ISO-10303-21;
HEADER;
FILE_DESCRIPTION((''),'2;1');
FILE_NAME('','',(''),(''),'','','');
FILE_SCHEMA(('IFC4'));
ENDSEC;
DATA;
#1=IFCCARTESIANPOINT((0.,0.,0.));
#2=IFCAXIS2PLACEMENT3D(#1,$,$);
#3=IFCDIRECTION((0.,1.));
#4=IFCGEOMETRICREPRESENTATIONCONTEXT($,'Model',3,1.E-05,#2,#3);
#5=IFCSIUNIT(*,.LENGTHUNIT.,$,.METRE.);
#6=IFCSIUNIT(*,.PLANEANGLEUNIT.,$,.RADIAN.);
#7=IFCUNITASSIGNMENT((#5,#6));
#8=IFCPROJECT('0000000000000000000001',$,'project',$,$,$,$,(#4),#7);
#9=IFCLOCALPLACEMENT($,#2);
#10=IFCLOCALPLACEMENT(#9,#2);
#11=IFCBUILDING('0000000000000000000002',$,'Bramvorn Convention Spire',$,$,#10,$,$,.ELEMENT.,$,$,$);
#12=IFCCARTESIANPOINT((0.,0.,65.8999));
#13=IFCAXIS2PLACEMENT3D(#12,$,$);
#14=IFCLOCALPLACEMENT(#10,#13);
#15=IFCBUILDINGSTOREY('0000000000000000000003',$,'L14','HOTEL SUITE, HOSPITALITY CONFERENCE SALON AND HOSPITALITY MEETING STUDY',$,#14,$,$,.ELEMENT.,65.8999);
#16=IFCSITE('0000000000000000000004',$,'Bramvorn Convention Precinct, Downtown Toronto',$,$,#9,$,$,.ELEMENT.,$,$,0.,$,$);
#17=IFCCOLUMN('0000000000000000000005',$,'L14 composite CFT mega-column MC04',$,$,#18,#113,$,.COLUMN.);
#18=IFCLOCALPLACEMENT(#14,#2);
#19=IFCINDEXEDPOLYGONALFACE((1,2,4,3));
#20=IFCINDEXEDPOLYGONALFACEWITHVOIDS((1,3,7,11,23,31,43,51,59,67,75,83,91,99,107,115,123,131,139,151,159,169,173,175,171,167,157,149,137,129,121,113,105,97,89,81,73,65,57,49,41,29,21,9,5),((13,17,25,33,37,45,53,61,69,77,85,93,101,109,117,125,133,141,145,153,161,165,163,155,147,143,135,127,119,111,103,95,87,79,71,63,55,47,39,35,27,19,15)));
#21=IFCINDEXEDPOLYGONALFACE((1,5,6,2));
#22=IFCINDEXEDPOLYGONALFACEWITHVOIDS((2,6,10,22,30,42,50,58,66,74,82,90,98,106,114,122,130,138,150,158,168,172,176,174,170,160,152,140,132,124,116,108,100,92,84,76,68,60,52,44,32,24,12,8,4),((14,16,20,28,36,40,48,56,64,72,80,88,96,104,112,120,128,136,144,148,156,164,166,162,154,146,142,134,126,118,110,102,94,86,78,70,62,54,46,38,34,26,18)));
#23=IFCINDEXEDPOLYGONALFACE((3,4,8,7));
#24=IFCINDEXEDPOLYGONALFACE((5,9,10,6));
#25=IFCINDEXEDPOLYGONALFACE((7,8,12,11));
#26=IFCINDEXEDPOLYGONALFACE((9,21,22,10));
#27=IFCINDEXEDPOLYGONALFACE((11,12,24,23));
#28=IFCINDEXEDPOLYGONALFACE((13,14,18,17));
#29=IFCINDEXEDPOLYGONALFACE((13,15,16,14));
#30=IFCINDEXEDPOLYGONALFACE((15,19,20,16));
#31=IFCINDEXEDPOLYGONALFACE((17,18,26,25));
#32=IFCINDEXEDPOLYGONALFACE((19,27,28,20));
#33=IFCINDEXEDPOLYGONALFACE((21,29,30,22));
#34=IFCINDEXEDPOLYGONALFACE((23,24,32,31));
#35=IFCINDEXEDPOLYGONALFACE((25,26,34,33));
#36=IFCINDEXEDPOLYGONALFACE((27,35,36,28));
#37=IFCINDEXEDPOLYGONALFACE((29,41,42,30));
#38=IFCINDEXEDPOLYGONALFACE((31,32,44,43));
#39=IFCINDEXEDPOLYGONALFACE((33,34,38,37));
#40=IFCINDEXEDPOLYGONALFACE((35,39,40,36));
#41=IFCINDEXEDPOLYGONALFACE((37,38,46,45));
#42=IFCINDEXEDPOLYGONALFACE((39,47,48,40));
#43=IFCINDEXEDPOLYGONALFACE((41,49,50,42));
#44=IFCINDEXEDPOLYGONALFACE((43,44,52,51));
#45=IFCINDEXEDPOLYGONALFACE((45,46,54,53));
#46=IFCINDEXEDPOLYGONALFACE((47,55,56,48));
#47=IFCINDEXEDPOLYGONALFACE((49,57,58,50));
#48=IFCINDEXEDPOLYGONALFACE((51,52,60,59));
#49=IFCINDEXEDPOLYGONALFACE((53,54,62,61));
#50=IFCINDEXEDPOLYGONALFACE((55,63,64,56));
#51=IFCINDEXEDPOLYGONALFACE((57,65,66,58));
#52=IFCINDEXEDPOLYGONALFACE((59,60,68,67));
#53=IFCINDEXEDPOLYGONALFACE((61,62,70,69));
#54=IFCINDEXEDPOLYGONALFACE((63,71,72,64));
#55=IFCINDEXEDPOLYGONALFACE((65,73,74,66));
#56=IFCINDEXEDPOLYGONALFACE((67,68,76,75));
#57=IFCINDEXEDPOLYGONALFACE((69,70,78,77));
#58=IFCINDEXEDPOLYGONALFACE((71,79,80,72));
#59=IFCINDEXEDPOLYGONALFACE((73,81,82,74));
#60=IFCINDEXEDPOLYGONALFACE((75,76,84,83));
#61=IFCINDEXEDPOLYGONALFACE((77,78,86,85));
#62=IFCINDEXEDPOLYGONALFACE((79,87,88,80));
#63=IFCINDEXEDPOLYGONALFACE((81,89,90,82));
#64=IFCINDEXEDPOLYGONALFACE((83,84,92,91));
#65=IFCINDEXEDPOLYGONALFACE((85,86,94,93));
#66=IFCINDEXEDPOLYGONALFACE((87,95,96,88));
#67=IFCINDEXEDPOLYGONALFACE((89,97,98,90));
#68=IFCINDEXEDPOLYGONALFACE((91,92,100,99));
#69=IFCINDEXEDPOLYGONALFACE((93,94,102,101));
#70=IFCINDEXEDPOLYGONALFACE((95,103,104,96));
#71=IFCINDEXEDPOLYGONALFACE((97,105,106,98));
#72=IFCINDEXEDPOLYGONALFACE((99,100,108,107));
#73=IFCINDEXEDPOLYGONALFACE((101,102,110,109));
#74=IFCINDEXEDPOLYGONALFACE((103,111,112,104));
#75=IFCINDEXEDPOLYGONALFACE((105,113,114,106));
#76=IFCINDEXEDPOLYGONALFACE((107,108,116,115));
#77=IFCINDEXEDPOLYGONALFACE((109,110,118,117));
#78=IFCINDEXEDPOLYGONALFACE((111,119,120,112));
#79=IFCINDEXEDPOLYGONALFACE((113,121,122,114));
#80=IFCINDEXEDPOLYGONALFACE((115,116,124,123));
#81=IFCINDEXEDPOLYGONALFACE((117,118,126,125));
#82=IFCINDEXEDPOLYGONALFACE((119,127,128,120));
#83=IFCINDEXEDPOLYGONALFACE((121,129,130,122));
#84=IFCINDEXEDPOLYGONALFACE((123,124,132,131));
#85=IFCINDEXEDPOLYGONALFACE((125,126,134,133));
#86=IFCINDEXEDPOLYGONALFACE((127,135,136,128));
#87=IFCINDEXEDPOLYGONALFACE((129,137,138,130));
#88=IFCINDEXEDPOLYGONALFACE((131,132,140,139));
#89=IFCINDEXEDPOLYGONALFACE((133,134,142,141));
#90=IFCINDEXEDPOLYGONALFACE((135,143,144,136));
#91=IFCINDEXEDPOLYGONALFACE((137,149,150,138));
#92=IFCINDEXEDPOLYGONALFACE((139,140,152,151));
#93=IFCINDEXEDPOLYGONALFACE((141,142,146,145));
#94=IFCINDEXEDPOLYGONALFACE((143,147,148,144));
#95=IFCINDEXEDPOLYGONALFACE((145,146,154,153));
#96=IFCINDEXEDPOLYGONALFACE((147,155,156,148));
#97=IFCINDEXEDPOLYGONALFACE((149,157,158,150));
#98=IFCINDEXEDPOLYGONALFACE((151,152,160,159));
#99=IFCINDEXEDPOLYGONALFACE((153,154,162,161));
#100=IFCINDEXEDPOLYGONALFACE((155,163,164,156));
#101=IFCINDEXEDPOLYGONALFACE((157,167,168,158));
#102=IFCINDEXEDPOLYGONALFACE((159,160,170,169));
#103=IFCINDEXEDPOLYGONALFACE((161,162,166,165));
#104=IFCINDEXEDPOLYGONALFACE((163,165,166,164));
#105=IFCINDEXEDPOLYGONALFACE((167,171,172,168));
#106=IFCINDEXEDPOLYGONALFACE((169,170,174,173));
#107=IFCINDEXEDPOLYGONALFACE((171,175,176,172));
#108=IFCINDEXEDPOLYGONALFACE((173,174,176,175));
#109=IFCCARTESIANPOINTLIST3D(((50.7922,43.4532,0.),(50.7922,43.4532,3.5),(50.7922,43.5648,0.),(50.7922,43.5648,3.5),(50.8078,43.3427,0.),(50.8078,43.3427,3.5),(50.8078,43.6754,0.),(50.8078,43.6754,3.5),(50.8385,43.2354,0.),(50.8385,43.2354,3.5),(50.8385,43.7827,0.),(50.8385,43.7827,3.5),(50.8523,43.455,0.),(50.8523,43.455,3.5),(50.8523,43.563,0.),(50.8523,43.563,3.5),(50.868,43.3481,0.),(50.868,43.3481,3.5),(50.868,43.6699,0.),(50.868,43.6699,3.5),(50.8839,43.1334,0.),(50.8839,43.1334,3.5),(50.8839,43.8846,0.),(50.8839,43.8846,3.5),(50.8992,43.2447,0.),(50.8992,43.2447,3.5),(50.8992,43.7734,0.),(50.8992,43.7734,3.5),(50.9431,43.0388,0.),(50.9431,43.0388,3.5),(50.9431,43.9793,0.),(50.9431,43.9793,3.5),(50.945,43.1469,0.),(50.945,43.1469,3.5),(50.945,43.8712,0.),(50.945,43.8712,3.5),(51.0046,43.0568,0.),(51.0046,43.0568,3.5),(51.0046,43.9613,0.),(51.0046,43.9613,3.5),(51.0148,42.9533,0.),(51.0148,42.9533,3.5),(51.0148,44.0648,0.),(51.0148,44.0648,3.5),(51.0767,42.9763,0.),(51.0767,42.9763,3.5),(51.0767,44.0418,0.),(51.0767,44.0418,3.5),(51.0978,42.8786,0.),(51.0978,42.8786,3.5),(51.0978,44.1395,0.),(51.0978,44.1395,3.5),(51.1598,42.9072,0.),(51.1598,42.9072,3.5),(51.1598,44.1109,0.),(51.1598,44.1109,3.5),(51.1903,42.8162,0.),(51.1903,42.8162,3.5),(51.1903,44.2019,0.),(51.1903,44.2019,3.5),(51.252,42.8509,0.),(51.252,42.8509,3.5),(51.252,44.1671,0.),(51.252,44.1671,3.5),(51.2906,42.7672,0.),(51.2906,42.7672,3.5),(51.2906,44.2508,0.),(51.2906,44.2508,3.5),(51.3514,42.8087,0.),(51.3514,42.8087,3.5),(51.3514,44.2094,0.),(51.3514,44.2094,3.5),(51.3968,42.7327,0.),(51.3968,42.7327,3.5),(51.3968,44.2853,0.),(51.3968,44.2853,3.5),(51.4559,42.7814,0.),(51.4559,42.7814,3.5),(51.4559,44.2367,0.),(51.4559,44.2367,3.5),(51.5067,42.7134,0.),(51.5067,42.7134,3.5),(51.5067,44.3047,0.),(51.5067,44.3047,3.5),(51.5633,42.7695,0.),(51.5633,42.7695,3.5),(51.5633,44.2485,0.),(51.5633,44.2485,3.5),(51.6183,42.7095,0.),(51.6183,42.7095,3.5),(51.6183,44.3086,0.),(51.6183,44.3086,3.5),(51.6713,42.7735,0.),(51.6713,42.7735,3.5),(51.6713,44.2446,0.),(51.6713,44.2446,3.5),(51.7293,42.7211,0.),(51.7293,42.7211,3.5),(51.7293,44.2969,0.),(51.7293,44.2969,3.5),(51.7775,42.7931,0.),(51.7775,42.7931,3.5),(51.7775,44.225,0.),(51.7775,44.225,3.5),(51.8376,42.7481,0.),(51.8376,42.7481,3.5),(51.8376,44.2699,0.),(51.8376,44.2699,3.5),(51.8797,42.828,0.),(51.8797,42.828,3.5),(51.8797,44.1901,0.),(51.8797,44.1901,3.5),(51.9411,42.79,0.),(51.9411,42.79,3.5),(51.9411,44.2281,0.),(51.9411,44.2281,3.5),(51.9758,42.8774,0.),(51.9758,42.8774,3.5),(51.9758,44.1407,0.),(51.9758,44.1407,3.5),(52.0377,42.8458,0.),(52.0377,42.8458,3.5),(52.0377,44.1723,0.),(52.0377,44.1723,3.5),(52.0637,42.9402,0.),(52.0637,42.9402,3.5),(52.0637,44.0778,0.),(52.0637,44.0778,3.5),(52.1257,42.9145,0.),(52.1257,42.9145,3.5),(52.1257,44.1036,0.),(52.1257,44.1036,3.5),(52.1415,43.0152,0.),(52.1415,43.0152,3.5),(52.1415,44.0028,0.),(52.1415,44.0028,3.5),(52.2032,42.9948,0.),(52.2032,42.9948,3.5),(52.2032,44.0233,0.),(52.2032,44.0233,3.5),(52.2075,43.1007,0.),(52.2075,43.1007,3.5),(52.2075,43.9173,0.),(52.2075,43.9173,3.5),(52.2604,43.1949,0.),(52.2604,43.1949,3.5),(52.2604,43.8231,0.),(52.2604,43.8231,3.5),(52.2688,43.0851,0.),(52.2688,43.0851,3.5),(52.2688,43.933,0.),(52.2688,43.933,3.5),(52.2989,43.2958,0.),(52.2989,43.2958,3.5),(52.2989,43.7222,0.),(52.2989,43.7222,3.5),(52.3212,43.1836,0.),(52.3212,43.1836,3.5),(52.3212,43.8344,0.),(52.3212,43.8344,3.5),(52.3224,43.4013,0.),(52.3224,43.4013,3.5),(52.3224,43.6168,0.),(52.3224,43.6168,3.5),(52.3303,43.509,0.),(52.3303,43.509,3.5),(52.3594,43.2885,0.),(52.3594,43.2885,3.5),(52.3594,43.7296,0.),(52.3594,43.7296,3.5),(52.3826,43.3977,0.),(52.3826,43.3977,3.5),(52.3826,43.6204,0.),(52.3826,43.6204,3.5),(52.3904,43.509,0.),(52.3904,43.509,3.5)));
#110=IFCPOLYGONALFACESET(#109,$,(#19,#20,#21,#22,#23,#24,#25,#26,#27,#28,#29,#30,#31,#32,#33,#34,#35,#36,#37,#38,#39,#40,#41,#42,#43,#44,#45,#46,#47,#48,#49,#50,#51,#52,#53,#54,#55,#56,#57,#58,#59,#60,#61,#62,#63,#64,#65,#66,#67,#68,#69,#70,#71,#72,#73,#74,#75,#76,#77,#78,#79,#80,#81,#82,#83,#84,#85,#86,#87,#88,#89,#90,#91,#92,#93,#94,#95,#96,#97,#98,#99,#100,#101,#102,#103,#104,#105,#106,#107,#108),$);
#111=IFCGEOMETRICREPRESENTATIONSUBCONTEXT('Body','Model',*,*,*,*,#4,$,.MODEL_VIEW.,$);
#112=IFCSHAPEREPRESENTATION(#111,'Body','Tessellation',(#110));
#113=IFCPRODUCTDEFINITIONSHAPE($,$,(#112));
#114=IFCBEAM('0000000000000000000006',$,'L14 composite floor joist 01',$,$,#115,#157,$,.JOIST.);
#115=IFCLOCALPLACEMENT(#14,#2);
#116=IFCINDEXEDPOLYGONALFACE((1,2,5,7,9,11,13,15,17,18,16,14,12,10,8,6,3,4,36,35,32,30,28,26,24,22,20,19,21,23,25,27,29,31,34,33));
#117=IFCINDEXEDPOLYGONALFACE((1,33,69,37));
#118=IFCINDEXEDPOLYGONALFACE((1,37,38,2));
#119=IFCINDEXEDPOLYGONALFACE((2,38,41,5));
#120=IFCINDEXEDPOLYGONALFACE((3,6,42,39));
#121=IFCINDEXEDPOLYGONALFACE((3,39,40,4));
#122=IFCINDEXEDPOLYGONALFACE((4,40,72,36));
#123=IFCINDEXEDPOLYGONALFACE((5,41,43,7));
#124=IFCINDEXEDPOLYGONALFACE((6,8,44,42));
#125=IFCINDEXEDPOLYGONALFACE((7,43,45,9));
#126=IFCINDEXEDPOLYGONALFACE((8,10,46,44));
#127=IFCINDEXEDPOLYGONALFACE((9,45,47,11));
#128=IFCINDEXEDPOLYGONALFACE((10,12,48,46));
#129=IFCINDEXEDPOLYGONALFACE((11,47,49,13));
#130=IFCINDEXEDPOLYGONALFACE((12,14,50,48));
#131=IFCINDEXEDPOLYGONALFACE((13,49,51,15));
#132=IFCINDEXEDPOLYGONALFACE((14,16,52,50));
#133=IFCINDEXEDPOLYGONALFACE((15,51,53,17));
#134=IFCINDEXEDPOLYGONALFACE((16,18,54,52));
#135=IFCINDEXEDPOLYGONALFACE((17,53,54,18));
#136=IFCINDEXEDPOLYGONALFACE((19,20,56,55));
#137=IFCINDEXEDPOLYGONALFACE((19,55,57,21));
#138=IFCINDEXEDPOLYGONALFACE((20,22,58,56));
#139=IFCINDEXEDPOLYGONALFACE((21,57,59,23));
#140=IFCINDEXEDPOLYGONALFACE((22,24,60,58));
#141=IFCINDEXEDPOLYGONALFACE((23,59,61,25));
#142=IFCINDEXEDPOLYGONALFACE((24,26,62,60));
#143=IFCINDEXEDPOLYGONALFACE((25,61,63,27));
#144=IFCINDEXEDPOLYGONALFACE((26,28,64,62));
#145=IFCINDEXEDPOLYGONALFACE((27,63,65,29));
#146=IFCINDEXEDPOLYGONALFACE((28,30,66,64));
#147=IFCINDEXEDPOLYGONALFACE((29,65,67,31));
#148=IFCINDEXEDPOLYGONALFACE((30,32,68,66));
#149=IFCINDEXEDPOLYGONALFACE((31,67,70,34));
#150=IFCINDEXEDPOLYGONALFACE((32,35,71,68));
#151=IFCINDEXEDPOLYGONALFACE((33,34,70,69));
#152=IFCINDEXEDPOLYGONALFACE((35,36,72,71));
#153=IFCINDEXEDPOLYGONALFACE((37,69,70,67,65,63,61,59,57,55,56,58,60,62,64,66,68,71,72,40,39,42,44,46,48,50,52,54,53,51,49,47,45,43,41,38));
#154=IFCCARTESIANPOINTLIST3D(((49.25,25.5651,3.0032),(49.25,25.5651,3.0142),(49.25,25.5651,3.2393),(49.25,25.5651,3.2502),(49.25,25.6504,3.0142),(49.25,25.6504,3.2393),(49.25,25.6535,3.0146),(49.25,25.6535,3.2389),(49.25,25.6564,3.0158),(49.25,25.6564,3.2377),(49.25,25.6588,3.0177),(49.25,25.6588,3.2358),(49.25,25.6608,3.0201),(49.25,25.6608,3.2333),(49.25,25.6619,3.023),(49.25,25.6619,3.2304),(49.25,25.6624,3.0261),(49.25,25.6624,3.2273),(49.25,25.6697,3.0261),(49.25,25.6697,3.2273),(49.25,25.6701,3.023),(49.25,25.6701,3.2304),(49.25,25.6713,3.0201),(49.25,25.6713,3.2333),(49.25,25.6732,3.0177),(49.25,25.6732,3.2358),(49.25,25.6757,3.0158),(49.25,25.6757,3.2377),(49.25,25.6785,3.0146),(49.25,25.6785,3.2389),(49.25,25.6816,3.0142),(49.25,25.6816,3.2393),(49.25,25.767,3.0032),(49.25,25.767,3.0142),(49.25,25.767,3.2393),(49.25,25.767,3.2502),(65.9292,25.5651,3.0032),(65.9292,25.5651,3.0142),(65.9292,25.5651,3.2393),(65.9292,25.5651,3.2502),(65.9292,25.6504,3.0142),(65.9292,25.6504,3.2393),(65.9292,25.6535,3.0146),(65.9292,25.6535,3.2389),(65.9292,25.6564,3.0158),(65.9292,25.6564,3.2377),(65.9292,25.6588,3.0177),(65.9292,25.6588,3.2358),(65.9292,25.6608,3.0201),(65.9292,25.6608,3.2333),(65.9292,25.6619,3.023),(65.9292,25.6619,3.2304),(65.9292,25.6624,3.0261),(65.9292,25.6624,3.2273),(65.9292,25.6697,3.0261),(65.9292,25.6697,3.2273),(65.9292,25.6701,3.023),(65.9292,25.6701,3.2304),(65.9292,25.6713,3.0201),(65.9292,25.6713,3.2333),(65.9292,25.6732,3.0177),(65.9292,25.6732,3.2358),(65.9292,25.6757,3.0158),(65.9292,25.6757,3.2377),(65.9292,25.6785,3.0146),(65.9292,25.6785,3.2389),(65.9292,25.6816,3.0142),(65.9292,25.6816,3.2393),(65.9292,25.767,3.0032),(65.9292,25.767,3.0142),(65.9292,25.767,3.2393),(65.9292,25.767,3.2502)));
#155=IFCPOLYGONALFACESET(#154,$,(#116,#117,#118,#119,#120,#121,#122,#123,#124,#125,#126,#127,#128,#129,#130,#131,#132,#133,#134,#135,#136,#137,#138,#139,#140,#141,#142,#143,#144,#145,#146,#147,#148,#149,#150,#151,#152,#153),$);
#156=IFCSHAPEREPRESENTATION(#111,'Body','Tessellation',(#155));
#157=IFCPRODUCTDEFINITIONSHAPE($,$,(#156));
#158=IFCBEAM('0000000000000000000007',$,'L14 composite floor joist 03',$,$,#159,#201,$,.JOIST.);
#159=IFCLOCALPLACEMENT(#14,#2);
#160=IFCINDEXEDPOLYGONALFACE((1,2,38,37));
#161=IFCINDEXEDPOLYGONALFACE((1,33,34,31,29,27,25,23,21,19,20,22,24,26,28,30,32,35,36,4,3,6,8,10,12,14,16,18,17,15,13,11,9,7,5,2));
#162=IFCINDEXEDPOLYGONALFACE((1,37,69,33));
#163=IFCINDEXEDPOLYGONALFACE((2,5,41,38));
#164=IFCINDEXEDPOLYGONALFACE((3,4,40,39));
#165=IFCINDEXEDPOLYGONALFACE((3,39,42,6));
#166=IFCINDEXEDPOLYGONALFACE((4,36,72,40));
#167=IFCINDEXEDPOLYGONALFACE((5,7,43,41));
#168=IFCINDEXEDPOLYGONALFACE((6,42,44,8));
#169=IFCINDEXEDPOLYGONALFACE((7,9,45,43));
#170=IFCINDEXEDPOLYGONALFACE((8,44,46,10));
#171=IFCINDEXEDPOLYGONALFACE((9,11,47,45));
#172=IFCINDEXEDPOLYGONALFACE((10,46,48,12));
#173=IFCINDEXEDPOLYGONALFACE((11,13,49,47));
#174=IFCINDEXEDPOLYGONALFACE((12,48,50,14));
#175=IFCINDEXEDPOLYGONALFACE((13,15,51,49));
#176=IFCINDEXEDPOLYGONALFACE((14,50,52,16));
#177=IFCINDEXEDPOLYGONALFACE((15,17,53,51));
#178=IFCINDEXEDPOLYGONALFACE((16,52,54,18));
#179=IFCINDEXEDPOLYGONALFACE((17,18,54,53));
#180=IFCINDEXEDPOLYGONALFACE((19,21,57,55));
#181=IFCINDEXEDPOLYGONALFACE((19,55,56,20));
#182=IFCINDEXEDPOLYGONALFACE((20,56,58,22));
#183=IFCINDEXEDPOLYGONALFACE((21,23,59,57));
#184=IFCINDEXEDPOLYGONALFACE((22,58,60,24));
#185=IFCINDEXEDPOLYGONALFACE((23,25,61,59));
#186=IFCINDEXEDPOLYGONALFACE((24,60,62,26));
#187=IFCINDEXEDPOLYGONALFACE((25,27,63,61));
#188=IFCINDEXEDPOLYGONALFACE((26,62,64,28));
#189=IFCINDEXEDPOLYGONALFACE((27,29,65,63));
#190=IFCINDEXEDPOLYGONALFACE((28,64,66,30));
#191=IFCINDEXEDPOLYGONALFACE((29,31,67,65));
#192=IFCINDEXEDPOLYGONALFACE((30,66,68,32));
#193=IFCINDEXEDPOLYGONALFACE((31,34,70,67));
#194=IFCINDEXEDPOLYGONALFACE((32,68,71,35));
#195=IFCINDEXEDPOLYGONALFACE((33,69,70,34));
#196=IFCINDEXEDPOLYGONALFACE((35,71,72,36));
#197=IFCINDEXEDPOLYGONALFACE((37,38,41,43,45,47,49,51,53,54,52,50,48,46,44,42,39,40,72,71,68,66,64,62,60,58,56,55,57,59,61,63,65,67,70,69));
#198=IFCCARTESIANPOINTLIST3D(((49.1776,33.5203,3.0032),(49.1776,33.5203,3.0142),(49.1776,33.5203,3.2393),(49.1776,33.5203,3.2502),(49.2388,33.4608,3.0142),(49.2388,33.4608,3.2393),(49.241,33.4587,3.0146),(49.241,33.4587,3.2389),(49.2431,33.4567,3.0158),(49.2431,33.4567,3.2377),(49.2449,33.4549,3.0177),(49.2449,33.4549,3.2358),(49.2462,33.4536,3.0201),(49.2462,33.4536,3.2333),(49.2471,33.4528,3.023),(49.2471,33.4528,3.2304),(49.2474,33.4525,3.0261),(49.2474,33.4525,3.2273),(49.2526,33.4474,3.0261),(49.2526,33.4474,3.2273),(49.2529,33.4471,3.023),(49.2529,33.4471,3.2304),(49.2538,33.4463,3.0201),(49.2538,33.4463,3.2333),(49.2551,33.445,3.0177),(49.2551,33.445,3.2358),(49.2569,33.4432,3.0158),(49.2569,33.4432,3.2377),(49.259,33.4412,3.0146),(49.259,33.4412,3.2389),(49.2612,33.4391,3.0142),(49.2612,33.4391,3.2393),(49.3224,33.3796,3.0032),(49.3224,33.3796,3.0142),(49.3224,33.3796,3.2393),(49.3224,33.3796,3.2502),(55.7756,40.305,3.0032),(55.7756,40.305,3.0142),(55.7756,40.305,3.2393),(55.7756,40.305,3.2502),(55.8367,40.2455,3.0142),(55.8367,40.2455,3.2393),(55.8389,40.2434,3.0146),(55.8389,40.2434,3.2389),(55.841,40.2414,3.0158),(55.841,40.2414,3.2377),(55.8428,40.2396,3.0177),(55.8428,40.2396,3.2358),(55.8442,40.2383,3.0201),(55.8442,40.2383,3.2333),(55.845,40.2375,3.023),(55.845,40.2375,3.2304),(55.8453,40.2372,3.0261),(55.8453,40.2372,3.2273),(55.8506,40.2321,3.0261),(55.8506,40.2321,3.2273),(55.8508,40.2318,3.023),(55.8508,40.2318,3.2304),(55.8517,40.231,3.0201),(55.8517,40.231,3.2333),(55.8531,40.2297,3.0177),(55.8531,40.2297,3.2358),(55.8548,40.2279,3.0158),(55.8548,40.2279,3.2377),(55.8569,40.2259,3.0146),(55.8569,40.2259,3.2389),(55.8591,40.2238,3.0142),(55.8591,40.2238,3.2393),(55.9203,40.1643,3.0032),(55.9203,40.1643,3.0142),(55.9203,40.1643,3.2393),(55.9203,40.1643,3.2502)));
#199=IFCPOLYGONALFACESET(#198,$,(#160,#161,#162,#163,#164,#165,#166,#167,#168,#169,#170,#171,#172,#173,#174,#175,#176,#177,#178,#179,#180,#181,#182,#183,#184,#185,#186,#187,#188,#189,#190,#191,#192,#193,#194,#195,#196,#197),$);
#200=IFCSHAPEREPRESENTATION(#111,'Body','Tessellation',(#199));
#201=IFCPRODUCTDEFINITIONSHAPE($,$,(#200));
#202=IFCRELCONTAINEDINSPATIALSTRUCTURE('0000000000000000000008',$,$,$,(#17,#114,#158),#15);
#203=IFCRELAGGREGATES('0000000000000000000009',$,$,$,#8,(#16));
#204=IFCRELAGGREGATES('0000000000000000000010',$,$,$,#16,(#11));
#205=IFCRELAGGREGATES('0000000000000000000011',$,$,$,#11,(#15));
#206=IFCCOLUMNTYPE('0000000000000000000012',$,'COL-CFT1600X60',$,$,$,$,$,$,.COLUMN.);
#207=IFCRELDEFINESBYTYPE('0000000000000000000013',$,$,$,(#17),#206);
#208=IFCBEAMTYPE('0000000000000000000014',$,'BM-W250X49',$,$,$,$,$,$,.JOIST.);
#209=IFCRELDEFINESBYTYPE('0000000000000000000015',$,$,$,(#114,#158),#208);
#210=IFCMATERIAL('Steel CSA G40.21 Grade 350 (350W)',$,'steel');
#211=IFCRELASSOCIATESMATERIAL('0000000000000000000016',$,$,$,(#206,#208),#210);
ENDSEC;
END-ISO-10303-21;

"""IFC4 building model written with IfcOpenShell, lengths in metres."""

from ifc_helpers import new_model, si_unit, direction, frame, origin, origin_2d, place, context, subcontext, project, spatial, hollow_circle, i_section, extrude, material, material_profile, profile_set, type_object, element, save


model = new_model("IFC4")

# Units and contexts
model_context = context("Model", 3, precision=1e-05, world=origin(), true_north=direction((0.0, 1.0)))
body_context = subcontext(model_context, "Body", "Model", "MODEL_VIEW")
ifc_project = project(units=[si_unit("LENGTHUNIT", "METRE"), si_unit("PLANEANGLEUNIT", "RADIAN")], contexts=[model_context])

# Site, building, storey
site_placement = place(None, origin())
site = spatial("IfcSite", under=ifc_project, at=site_placement, Name="Bramvorn Convention Precinct, Downtown Toronto", CompositionType="ELEMENT", RefElevation=0.0)
building_placement = place(site_placement, origin())
building = spatial("IfcBuilding", under=site, at=building_placement, Name="Bramvorn Convention Spire", CompositionType="ELEMENT")
storey_placement = place(building_placement, frame((0.0, 0.0, 65.8999)))
storey = spatial("IfcBuildingStorey", under=building, at=storey_placement, Name="L14", Description="HOTEL SUITE, HOSPITALITY CONFERENCE SALON AND HOSPITALITY MEETING STUDY", CompositionType="ELEMENT", Elevation=65.8999)

# Column
ifc_material_1 = material(Name="Steel CSA G40.21 Grade 350 (350W)", Category="steel")
ifc_material_profile_1 = material_profile(ifc_material_1, hollow_circle(Radius=0.8, WallThickness=0.0601, at=origin_2d()))
ifc_profile_set_1 = profile_set([ifc_material_profile_1], Name="Steel CSA G40.21 Grade 350 (350W) - CFT1600X60")
column_type = type_object("IfcColumnType", Name="COL-CFT1600X60", PredefinedType="COLUMN", material=ifc_profile_set_1)
for number, where, z_axis, x_axis, name in (
    (1, (51.5903, 43.509, 0.0), (0.0, 0.0, 1.0), (1.0, 0.0, 0.0), "L14 composite CFT mega-column MC04"),
):
    element("IfcColumn", number, at=place(storey_placement, frame(where, z_axis=z_axis, x_axis=x_axis)), inside=storey, type_object=column_type, Name=name, PredefinedType="COLUMN", context=body_context, shape_type="SweptSolid", body=[
        extrude(hollow_circle(Radius=0.8, WallThickness=0.0601, at=origin_2d()), origin(), (0.0, 0.0, 1.0), 3.5),
    ])

# Beams
ifc_material_profile_2 = material_profile(ifc_material_1, i_section(OverallWidth=0.2019, OverallDepth=0.2471, WebThickness=0.0073, FlangeThickness=0.011, FilletRadius=0.012, at=origin_2d()))
ifc_profile_set_2 = profile_set([ifc_material_profile_2], Name="Steel CSA G40.21 Grade 350 (350W) - W250X49")
beam_type_1 = type_object("IfcBeamType", Name="BM-W250X49", PredefinedType="JOIST", material=ifc_profile_set_2)
beam_1_placement = place(storey_placement, frame((49.25, 25.666, 3.1267), z_axis=(1.0, 0.0, 0.0), x_axis=(0.0, 1.0, 0.0)))
element("IfcBeam", 2, at=beam_1_placement, inside=storey, type_object=beam_type_1, Name="L14 composite floor joist 01", PredefinedType="JOIST", context=body_context, shape_type="SweptSolid", body=[
    extrude(i_section(OverallWidth=0.2019, OverallDepth=0.2471, WebThickness=0.0073, FlangeThickness=0.011, FilletRadius=0.012, at=origin_2d()), origin(), (0.0, 0.0, 1.0), 16.6792),
])
beam_2_placement = place(storey_placement, frame((49.25, 33.45, 3.1267), z_axis=(0.69717, 0.716905, 0.0), x_axis=(-0.716905, 0.69717, 0.0)))
element("IfcBeam", 3, at=beam_2_placement, inside=storey, type_object=beam_type_1, Name="L14 composite floor joist 03", PredefinedType="JOIST", context=body_context, shape_type="SweptSolid", body=[
    extrude(i_section(OverallWidth=0.2019, OverallDepth=0.2471, WebThickness=0.0073, FlangeThickness=0.011, FilletRadius=0.012, at=origin_2d()), origin(), (0.0, 0.0, 1.0), 9.4639),
])

save(model, "model.ifc")
